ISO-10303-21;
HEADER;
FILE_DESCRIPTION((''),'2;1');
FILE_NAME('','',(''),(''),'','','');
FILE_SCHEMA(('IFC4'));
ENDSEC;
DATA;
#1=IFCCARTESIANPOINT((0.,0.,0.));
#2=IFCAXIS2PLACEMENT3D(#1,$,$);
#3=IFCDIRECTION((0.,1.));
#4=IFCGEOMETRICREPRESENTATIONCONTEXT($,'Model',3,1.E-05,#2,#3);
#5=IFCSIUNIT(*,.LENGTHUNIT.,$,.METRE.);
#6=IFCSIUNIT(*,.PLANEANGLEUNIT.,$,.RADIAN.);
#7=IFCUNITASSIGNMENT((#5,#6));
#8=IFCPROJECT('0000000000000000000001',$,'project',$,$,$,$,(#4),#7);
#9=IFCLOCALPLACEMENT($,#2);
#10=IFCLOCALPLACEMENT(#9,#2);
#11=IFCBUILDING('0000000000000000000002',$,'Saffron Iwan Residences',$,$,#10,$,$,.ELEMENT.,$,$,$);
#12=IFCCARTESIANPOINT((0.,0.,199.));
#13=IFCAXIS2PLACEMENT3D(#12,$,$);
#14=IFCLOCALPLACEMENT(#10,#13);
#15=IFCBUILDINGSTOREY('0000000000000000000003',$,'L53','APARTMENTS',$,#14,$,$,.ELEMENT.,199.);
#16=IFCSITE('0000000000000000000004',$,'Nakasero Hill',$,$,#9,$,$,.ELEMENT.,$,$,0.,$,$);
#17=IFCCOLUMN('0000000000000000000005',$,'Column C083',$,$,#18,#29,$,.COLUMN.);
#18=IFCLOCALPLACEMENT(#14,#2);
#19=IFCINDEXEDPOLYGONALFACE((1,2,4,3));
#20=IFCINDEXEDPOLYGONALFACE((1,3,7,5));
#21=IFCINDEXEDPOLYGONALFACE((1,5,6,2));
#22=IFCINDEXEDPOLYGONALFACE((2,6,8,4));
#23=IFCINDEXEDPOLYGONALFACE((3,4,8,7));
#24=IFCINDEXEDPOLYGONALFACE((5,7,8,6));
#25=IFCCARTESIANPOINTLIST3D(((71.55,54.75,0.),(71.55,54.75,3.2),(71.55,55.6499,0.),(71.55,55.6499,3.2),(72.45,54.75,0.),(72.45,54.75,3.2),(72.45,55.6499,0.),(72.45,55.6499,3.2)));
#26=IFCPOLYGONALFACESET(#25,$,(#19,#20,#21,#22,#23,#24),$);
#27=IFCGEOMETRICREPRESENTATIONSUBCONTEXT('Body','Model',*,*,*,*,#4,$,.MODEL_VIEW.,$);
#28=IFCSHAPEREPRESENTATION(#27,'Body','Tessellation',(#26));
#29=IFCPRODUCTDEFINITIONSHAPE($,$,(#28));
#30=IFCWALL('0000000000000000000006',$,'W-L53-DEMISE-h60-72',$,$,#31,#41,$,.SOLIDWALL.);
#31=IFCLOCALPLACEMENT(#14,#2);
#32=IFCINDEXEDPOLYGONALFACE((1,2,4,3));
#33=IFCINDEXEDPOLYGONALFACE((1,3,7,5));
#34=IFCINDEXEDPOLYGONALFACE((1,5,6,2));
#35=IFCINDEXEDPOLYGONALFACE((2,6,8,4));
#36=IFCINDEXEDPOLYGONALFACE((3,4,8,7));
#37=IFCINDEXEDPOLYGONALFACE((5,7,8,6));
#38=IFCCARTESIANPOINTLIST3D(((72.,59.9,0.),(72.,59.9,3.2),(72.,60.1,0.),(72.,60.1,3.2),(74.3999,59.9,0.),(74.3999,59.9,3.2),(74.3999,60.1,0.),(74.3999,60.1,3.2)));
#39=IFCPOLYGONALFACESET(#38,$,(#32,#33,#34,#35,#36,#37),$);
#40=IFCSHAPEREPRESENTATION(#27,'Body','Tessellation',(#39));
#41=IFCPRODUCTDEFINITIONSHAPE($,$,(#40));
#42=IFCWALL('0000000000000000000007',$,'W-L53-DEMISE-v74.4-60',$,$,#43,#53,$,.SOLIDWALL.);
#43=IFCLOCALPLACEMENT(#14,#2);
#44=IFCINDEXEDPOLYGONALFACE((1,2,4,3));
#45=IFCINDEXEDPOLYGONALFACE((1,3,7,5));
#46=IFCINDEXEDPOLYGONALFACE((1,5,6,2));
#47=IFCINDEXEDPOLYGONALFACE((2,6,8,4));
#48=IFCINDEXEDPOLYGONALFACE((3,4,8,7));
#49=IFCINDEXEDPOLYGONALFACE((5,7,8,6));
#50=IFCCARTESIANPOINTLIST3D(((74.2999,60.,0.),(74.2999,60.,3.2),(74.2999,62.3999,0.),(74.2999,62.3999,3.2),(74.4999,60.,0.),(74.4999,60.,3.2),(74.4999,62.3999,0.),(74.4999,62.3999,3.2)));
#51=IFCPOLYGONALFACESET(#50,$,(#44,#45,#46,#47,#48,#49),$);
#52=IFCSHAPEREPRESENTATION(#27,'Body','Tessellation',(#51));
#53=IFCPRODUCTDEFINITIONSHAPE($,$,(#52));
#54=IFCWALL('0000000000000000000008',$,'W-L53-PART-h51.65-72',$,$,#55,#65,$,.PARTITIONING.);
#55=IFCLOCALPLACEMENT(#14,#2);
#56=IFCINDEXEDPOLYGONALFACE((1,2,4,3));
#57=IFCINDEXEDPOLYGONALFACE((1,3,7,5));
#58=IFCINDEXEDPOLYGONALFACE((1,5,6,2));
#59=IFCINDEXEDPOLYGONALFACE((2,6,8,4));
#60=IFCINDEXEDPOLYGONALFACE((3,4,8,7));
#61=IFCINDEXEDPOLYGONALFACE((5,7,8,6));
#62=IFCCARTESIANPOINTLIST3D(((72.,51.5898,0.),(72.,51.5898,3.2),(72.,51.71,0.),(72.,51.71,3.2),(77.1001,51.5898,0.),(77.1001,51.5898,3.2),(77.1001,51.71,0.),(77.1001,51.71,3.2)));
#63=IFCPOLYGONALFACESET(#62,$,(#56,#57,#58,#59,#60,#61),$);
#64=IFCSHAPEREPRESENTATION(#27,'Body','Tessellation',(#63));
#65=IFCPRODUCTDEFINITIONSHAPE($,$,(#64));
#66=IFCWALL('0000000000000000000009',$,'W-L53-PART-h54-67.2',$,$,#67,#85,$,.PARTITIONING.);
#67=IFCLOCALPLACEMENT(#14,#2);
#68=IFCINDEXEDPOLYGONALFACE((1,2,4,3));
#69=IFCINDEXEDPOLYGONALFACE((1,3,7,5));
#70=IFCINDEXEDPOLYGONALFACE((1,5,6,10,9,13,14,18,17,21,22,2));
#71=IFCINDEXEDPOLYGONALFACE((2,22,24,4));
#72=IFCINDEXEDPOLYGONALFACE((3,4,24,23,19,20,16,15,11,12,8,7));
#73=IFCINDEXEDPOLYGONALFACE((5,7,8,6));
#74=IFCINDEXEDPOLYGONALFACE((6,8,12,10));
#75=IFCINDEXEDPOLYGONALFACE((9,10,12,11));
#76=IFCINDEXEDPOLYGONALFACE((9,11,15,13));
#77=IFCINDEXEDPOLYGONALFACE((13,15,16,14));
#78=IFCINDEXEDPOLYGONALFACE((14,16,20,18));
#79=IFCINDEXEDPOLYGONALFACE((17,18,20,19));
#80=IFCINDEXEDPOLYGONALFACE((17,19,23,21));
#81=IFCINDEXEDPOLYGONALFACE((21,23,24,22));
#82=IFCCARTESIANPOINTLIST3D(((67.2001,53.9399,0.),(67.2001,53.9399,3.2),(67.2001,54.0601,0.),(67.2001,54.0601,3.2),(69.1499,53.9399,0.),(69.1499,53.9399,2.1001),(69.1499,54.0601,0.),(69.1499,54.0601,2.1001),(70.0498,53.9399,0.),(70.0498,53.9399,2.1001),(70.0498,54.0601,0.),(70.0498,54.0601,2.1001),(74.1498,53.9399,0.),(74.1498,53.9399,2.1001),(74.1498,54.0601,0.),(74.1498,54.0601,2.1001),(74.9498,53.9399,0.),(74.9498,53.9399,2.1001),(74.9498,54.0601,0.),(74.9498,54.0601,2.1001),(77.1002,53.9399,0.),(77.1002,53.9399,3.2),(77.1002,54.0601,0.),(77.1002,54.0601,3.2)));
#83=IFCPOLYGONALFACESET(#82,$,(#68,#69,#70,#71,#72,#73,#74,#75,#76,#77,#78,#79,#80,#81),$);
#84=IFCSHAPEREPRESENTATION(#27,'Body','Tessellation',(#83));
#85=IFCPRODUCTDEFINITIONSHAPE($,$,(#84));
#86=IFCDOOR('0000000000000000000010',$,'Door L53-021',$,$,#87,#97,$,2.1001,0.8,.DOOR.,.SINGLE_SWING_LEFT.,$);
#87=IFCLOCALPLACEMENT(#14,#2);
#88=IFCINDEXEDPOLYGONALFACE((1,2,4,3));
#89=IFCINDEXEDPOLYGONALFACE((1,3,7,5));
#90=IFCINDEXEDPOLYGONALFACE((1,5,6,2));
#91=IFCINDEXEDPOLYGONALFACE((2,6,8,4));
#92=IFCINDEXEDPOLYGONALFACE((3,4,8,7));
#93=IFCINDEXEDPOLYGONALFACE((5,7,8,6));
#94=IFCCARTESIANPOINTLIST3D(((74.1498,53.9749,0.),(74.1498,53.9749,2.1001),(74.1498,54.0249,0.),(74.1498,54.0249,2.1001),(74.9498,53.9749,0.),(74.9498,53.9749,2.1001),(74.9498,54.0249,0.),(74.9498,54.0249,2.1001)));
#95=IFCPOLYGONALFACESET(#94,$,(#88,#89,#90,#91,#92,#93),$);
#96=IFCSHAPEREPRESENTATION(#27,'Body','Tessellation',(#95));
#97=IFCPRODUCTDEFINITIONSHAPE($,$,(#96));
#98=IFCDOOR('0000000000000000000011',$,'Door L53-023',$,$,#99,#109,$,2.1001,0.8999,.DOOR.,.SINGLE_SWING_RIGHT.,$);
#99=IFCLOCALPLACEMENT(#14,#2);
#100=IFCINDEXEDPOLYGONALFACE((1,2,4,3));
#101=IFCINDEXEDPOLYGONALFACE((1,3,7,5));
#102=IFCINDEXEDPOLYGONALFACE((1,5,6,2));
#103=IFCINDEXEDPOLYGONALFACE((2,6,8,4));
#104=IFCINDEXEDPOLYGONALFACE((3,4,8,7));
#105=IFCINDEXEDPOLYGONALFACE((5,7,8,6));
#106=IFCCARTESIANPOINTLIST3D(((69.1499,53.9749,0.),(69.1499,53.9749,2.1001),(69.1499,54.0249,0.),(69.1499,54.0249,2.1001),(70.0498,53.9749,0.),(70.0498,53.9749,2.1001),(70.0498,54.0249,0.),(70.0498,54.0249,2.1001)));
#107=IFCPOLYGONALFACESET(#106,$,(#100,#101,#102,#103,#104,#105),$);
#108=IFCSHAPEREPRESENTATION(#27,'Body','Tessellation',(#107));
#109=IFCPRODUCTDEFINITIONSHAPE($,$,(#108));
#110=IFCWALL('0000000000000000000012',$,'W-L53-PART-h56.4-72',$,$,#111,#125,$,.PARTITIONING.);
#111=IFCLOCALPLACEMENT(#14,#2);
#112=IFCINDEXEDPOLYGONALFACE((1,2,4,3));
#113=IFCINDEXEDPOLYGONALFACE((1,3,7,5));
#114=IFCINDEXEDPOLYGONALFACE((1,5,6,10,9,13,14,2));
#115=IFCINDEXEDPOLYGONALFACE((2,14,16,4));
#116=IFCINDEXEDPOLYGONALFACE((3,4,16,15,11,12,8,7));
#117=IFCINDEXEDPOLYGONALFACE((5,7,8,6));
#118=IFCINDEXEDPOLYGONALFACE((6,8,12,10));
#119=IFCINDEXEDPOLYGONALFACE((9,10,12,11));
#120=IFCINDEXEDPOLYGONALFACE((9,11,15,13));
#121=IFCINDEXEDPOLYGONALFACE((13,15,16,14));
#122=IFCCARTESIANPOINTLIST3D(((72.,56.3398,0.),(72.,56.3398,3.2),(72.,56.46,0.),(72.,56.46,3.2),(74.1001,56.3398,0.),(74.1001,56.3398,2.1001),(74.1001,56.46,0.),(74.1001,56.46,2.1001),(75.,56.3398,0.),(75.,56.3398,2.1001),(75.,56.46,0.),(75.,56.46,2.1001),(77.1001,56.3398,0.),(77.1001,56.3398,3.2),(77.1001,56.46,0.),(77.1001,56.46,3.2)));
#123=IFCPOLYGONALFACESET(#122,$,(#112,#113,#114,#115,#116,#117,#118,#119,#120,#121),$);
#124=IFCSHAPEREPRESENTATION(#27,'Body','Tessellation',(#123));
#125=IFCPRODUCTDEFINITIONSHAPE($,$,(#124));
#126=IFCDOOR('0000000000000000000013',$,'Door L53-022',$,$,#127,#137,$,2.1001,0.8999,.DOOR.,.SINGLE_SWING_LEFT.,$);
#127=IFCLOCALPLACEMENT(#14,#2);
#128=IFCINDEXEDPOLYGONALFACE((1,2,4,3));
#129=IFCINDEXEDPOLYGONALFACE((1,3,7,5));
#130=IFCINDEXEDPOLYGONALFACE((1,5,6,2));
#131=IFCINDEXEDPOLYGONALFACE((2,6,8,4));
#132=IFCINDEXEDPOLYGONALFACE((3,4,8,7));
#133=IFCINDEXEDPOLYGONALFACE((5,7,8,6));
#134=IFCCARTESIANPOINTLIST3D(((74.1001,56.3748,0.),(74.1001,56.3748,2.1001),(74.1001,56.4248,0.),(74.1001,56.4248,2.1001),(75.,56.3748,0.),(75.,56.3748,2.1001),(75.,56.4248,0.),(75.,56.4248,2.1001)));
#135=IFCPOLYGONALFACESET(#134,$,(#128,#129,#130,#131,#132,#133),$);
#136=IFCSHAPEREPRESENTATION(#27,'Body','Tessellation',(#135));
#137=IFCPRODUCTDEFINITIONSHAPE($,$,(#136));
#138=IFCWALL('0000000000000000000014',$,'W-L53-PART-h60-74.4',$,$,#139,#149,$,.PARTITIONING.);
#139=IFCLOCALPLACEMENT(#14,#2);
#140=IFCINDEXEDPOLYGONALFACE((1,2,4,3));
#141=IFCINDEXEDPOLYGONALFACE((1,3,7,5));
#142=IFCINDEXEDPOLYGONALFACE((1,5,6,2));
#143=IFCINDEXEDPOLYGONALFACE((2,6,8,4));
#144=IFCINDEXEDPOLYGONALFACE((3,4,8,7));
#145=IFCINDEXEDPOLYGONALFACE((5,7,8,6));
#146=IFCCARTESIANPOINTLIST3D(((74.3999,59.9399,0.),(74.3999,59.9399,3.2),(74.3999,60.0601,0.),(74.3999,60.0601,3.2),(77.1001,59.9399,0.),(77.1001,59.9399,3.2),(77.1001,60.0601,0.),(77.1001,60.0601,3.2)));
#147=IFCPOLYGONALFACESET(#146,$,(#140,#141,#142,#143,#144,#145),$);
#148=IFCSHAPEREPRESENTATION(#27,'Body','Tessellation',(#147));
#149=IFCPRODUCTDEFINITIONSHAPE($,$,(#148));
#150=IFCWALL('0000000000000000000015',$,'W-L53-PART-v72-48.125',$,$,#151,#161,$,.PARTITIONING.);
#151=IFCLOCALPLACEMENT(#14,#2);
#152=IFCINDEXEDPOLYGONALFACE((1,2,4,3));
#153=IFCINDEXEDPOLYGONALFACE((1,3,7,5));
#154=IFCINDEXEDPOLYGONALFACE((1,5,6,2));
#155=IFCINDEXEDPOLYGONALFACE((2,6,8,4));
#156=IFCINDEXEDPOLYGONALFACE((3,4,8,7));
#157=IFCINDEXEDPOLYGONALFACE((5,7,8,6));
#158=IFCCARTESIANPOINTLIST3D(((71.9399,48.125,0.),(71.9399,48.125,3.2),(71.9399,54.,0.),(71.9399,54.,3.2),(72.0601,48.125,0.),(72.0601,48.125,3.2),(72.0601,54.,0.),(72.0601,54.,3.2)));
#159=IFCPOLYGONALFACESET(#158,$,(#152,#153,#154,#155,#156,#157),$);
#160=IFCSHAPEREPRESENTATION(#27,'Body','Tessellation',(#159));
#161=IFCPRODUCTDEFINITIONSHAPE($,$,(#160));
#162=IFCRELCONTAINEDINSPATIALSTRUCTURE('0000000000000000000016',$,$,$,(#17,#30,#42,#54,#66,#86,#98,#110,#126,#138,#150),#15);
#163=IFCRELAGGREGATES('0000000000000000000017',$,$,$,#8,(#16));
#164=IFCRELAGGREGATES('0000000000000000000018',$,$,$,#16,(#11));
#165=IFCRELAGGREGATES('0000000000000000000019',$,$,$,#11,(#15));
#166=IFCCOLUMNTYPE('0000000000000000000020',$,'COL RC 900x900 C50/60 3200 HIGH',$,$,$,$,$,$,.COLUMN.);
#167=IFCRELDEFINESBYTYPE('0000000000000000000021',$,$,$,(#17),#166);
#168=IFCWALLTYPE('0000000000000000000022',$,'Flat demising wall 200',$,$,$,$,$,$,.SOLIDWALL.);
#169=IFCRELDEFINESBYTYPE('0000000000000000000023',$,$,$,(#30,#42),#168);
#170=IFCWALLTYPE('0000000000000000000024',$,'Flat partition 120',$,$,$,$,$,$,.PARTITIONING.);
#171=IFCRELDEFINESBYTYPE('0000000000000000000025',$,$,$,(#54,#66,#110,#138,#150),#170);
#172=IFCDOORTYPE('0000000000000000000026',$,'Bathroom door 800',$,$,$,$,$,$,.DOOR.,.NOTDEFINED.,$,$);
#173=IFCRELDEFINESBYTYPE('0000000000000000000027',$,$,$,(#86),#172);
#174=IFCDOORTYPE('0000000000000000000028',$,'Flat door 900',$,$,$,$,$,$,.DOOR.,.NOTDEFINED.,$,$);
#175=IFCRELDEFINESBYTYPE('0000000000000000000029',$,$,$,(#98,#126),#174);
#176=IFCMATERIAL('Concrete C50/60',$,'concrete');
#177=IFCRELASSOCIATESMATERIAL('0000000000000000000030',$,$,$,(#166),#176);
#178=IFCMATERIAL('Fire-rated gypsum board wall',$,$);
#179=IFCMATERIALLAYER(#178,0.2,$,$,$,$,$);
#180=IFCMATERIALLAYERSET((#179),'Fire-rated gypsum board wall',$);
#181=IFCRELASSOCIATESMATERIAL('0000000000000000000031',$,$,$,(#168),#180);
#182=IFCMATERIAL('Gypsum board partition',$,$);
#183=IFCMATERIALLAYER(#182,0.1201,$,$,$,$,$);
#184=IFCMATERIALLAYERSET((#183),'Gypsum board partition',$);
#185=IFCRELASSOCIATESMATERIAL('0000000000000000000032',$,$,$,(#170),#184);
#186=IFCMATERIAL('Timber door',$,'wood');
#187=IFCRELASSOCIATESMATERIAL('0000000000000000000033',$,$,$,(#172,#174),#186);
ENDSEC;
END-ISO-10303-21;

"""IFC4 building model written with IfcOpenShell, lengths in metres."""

from ifc_helpers import new_model, si_unit, direction, frame, frame_2d, origin, origin_2d, place, context, subcontext, project, spatial, rectangle, extrude, source, transform, mapped, material, layer, layer_set, material_profile, profile_set, type_object, element, fill, save


model = new_model("IFC4")

# Units and contexts
model_context = context("Model", 3, precision=1e-05, world=origin(), true_north=direction((0.0, 1.0)))
body_context = subcontext(model_context, "Body", "Model", "MODEL_VIEW")
ifc_project = project(units=[si_unit("LENGTHUNIT", "METRE"), si_unit("PLANEANGLEUNIT", "RADIAN")], contexts=[model_context])

# Site, building, storey
site_placement = place(None, origin())
site = spatial("IfcSite", under=ifc_project, at=site_placement, Name="Nakasero Hill", CompositionType="ELEMENT", RefElevation=0.0)
building_placement = place(site_placement, origin())
building = spatial("IfcBuilding", under=site, at=building_placement, Name="Saffron Iwan Residences", CompositionType="ELEMENT")
storey_placement = place(building_placement, frame((0.0, 0.0, 199.0)))
storey = spatial("IfcBuildingStorey", under=building, at=storey_placement, Name="L53", Description="APARTMENTS", CompositionType="ELEMENT", Elevation=199.0)

# Column
ifc_material_1 = material(Name="Concrete C50/60", Category="concrete")
ifc_material_profile = material_profile(ifc_material_1, rectangle(XDim=0.8999, YDim=0.8999, at=origin_2d()), Name="RC 900x900")
ifc_profile_set = profile_set([ifc_material_profile], Name="Concrete C50/60")
column_type = type_object("IfcColumnType", Name="COL RC 900x900 C50/60 3200 HIGH", PredefinedType="COLUMN", material=ifc_profile_set)
shared_shape = source(origin(), body_context, "Body", "SweptSolid", [
    extrude(rectangle(XDim=0.8999, YDim=0.8999, at=origin_2d()), origin(), (0.0, 0.0, 1.0), 3.2),
])
column_placement = place(storey_placement, frame((72.0, 55.2, 0.0), z_axis=(0.0, 0.0, 1.0), x_axis=(1.0, 0.0, 0.0)))
element("IfcColumn", 1, at=column_placement, inside=storey, type_object=column_type, Name="Column C083", PredefinedType="COLUMN", context=body_context, shape_type="MappedRepresentation", body=[
    mapped(shared_shape, transform((0.0, 0.0, 0.0))),
])

# Walls
ifc_material_2 = material(Name="Fire-rated gypsum board wall")
ifc_layer_1 = layer(ifc_material_2, 0.2)
ifc_layer_set_1 = layer_set([ifc_layer_1], Name="Fire-rated gypsum board wall")
wall_type_1 = type_object("IfcWallType", Name="Flat demising wall 200", PredefinedType="SOLIDWALL", material=ifc_layer_set_1)
for number, where, z_axis, x_axis, name in (
    (2, (72.0, 60.0, 0.0), (0.0, 0.0, 1.0), (1.0, 0.0, 0.0), "W-L53-DEMISE-h60-72"),
    (3, (74.3999, 60.0, 0.0), (0.0, 0.0, 1.0), (0.0, 1.0, 0.0), "W-L53-DEMISE-v74.4-60"),
):
    element("IfcWall", number, at=place(storey_placement, frame(where, z_axis=z_axis, x_axis=x_axis)), inside=storey, type_object=wall_type_1, Name=name, PredefinedType="SOLIDWALL", context=body_context, shape_type="SweptSolid", body=[
        extrude(rectangle(XDim=2.3999, YDim=0.2, at=frame_2d((1.2, 0.0))), origin(), (0.0, 0.0, 1.0), 3.2),
    ])
ifc_material_3 = material(Name="Gypsum board partition")
ifc_layer_2 = layer(ifc_material_3, 0.1201)
ifc_layer_set_2 = layer_set([ifc_layer_2], Name="Gypsum board partition")
wall_type_2 = type_object("IfcWallType", Name="Flat partition 120", PredefinedType="PARTITIONING", material=ifc_layer_set_2)
wall_1_placement = place(storey_placement, frame((72.0, 51.6499, 0.0), z_axis=(0.0, 0.0, 1.0), x_axis=(1.0, 0.0, 0.0)))
element("IfcWall", 4, at=wall_1_placement, inside=storey, type_object=wall_type_2, Name="W-L53-PART-h51.65-72", PredefinedType="PARTITIONING", context=body_context, shape_type="SweptSolid", body=[
    extrude(rectangle(XDim=5.1001, YDim=0.1201, at=frame_2d((2.55, 0.0))), origin(), (0.0, 0.0, 1.0), 3.2),
])

# Wall, openings, doors
wall_2_placement = place(storey_placement, frame((67.2, 54.0, 0.0), z_axis=(0.0, 0.0, 1.0), x_axis=(1.0, 0.0, 0.0)))
wall_2 = element("IfcWall", 5, at=wall_2_placement, inside=storey, type_object=wall_type_2, Name="W-L53-PART-h54-67.2", PredefinedType="PARTITIONING", context=body_context, shape_type="SweptSolid", body=[
    extrude(rectangle(XDim=9.9001, YDim=0.1201, at=frame_2d((4.9502, 0.0))), origin(), (0.0, 0.0, 1.0), 3.2),
])
opening_1_placement = place(wall_2_placement, frame((6.95, 0.0, 0.0)))
opening_1 = element("IfcOpeningElement", 6, at=opening_1_placement, cuts=wall_2, PredefinedType="OPENING", context=body_context, shape_type="SweptSolid", body=[
    extrude(rectangle(XDim=0.8, YDim=2.1001, at=frame_2d((0.3999, 1.05))), frame((0.0, 0.0701, 0.0), z_axis=(0.0, -1.0, 0.0), x_axis=(1.0, 0.0, 0.0)), (0.0, 0.0, 1.0), 0.1401),
])
opening_2_placement = place(wall_2_placement, frame((1.95, 0.0, 0.0)))
opening_2 = element("IfcOpeningElement", 7, at=opening_2_placement, cuts=wall_2, PredefinedType="OPENING", context=body_context, shape_type="SweptSolid", body=[
    extrude(rectangle(XDim=0.8999, YDim=2.1001, at=frame_2d((0.45, 1.05))), frame((0.0, 0.0701, 0.0), z_axis=(0.0, -1.0, 0.0), x_axis=(1.0, 0.0, 0.0)), (0.0, 0.0, 1.0), 0.1401),
])
ifc_material_4 = material(Name="Timber door", Category="wood")
door_type_1 = type_object("IfcDoorType", Name="Bathroom door 800", OperationType="NOTDEFINED", PredefinedType="DOOR", material=ifc_material_4)
door_1_placement = place(opening_1_placement, origin())
door_1 = element("IfcDoor", 8, at=door_1_placement, inside=storey, type_object=door_type_1, Name="Door L53-021", OperationType="SINGLE_SWING_LEFT", OverallHeight=2.1001, OverallWidth=0.8, PredefinedType="DOOR", context=body_context, shape_type="SweptSolid", body=[
    extrude(rectangle(XDim=0.8, YDim=2.1001, at=frame_2d((0.3999, 1.05))), frame((0.0, 0.0249, 0.0), z_axis=(0.0, -1.0, 0.0), x_axis=(1.0, 0.0, 0.0)), (0.0, 0.0, 1.0), 0.05),
])
fill(opening_1, door_1)
door_type_2 = type_object("IfcDoorType", Name="Flat door 900", OperationType="NOTDEFINED", PredefinedType="DOOR", material=ifc_material_4)
door_2_placement = place(opening_2_placement, origin())
door_2 = element("IfcDoor", 9, at=door_2_placement, inside=storey, type_object=door_type_2, Name="Door L53-023", OperationType="SINGLE_SWING_RIGHT", OverallHeight=2.1001, OverallWidth=0.8999, PredefinedType="DOOR", context=body_context, shape_type="SweptSolid", body=[
    extrude(rectangle(XDim=0.8999, YDim=2.1001, at=frame_2d((0.45, 1.05))), frame((0.0, 0.0249, 0.0), z_axis=(0.0, -1.0, 0.0), x_axis=(1.0, 0.0, 0.0)), (0.0, 0.0, 1.0), 0.05),
])
fill(opening_2, door_2)

# Wall, opening, door
wall_3_placement = place(storey_placement, frame((72.0, 56.3999, 0.0), z_axis=(0.0, 0.0, 1.0), x_axis=(1.0, 0.0, 0.0)))
wall_3 = element("IfcWall", 10, at=wall_3_placement, inside=storey, type_object=wall_type_2, Name="W-L53-PART-h56.4-72", PredefinedType="PARTITIONING", context=body_context, shape_type="SweptSolid", body=[
    extrude(rectangle(XDim=5.1001, YDim=0.1201, at=frame_2d((2.55, 0.0))), origin(), (0.0, 0.0, 1.0), 3.2),
])
opening_3_placement = place(wall_3_placement, frame((2.1001, 0.0, 0.0)))
opening_3 = element("IfcOpeningElement", 11, at=opening_3_placement, cuts=wall_3, PredefinedType="OPENING", context=body_context, shape_type="SweptSolid", body=[
    extrude(rectangle(XDim=0.8999, YDim=2.1001, at=frame_2d((0.45, 1.05))), frame((0.0, 0.0701, 0.0), z_axis=(0.0, -1.0, 0.0), x_axis=(1.0, 0.0, 0.0)), (0.0, 0.0, 1.0), 0.1401),
])
door_3_placement = place(opening_3_placement, origin())
door_3 = element("IfcDoor", 12, at=door_3_placement, inside=storey, type_object=door_type_2, Name="Door L53-022", OperationType="SINGLE_SWING_LEFT", OverallHeight=2.1001, OverallWidth=0.8999, PredefinedType="DOOR", context=body_context, shape_type="SweptSolid", body=[
    extrude(rectangle(XDim=0.8999, YDim=2.1001, at=frame_2d((0.45, 1.05))), frame((0.0, 0.0249, 0.0), z_axis=(0.0, -1.0, 0.0), x_axis=(1.0, 0.0, 0.0)), (0.0, 0.0, 1.0), 0.05),
])
fill(opening_3, door_3)

# Walls
wall_4_placement = place(storey_placement, frame((74.3999, 60.0, 0.0), z_axis=(0.0, 0.0, 1.0), x_axis=(1.0, 0.0, 0.0)))
element("IfcWall", 13, at=wall_4_placement, inside=storey, type_object=wall_type_2, Name="W-L53-PART-h60-74.4", PredefinedType="PARTITIONING", context=body_context, shape_type="SweptSolid", body=[
    extrude(rectangle(XDim=2.7002, YDim=0.1201, at=frame_2d((1.3501, 0.0))), origin(), (0.0, 0.0, 1.0), 3.2),
])
wall_5_placement = place(storey_placement, frame((72.0, 48.125, 0.0), z_axis=(0.0, 0.0, 1.0), x_axis=(0.0, 1.0, 0.0)))
element("IfcWall", 14, at=wall_5_placement, inside=storey, type_object=wall_type_2, Name="W-L53-PART-v72-48.125", PredefinedType="PARTITIONING", context=body_context, shape_type="SweptSolid", body=[
    extrude(rectangle(XDim=5.875, YDim=0.1201, at=frame_2d((2.9375, 0.0))), origin(), (0.0, 0.0, 1.0), 3.2),
])

save(model, "model.ifc")
